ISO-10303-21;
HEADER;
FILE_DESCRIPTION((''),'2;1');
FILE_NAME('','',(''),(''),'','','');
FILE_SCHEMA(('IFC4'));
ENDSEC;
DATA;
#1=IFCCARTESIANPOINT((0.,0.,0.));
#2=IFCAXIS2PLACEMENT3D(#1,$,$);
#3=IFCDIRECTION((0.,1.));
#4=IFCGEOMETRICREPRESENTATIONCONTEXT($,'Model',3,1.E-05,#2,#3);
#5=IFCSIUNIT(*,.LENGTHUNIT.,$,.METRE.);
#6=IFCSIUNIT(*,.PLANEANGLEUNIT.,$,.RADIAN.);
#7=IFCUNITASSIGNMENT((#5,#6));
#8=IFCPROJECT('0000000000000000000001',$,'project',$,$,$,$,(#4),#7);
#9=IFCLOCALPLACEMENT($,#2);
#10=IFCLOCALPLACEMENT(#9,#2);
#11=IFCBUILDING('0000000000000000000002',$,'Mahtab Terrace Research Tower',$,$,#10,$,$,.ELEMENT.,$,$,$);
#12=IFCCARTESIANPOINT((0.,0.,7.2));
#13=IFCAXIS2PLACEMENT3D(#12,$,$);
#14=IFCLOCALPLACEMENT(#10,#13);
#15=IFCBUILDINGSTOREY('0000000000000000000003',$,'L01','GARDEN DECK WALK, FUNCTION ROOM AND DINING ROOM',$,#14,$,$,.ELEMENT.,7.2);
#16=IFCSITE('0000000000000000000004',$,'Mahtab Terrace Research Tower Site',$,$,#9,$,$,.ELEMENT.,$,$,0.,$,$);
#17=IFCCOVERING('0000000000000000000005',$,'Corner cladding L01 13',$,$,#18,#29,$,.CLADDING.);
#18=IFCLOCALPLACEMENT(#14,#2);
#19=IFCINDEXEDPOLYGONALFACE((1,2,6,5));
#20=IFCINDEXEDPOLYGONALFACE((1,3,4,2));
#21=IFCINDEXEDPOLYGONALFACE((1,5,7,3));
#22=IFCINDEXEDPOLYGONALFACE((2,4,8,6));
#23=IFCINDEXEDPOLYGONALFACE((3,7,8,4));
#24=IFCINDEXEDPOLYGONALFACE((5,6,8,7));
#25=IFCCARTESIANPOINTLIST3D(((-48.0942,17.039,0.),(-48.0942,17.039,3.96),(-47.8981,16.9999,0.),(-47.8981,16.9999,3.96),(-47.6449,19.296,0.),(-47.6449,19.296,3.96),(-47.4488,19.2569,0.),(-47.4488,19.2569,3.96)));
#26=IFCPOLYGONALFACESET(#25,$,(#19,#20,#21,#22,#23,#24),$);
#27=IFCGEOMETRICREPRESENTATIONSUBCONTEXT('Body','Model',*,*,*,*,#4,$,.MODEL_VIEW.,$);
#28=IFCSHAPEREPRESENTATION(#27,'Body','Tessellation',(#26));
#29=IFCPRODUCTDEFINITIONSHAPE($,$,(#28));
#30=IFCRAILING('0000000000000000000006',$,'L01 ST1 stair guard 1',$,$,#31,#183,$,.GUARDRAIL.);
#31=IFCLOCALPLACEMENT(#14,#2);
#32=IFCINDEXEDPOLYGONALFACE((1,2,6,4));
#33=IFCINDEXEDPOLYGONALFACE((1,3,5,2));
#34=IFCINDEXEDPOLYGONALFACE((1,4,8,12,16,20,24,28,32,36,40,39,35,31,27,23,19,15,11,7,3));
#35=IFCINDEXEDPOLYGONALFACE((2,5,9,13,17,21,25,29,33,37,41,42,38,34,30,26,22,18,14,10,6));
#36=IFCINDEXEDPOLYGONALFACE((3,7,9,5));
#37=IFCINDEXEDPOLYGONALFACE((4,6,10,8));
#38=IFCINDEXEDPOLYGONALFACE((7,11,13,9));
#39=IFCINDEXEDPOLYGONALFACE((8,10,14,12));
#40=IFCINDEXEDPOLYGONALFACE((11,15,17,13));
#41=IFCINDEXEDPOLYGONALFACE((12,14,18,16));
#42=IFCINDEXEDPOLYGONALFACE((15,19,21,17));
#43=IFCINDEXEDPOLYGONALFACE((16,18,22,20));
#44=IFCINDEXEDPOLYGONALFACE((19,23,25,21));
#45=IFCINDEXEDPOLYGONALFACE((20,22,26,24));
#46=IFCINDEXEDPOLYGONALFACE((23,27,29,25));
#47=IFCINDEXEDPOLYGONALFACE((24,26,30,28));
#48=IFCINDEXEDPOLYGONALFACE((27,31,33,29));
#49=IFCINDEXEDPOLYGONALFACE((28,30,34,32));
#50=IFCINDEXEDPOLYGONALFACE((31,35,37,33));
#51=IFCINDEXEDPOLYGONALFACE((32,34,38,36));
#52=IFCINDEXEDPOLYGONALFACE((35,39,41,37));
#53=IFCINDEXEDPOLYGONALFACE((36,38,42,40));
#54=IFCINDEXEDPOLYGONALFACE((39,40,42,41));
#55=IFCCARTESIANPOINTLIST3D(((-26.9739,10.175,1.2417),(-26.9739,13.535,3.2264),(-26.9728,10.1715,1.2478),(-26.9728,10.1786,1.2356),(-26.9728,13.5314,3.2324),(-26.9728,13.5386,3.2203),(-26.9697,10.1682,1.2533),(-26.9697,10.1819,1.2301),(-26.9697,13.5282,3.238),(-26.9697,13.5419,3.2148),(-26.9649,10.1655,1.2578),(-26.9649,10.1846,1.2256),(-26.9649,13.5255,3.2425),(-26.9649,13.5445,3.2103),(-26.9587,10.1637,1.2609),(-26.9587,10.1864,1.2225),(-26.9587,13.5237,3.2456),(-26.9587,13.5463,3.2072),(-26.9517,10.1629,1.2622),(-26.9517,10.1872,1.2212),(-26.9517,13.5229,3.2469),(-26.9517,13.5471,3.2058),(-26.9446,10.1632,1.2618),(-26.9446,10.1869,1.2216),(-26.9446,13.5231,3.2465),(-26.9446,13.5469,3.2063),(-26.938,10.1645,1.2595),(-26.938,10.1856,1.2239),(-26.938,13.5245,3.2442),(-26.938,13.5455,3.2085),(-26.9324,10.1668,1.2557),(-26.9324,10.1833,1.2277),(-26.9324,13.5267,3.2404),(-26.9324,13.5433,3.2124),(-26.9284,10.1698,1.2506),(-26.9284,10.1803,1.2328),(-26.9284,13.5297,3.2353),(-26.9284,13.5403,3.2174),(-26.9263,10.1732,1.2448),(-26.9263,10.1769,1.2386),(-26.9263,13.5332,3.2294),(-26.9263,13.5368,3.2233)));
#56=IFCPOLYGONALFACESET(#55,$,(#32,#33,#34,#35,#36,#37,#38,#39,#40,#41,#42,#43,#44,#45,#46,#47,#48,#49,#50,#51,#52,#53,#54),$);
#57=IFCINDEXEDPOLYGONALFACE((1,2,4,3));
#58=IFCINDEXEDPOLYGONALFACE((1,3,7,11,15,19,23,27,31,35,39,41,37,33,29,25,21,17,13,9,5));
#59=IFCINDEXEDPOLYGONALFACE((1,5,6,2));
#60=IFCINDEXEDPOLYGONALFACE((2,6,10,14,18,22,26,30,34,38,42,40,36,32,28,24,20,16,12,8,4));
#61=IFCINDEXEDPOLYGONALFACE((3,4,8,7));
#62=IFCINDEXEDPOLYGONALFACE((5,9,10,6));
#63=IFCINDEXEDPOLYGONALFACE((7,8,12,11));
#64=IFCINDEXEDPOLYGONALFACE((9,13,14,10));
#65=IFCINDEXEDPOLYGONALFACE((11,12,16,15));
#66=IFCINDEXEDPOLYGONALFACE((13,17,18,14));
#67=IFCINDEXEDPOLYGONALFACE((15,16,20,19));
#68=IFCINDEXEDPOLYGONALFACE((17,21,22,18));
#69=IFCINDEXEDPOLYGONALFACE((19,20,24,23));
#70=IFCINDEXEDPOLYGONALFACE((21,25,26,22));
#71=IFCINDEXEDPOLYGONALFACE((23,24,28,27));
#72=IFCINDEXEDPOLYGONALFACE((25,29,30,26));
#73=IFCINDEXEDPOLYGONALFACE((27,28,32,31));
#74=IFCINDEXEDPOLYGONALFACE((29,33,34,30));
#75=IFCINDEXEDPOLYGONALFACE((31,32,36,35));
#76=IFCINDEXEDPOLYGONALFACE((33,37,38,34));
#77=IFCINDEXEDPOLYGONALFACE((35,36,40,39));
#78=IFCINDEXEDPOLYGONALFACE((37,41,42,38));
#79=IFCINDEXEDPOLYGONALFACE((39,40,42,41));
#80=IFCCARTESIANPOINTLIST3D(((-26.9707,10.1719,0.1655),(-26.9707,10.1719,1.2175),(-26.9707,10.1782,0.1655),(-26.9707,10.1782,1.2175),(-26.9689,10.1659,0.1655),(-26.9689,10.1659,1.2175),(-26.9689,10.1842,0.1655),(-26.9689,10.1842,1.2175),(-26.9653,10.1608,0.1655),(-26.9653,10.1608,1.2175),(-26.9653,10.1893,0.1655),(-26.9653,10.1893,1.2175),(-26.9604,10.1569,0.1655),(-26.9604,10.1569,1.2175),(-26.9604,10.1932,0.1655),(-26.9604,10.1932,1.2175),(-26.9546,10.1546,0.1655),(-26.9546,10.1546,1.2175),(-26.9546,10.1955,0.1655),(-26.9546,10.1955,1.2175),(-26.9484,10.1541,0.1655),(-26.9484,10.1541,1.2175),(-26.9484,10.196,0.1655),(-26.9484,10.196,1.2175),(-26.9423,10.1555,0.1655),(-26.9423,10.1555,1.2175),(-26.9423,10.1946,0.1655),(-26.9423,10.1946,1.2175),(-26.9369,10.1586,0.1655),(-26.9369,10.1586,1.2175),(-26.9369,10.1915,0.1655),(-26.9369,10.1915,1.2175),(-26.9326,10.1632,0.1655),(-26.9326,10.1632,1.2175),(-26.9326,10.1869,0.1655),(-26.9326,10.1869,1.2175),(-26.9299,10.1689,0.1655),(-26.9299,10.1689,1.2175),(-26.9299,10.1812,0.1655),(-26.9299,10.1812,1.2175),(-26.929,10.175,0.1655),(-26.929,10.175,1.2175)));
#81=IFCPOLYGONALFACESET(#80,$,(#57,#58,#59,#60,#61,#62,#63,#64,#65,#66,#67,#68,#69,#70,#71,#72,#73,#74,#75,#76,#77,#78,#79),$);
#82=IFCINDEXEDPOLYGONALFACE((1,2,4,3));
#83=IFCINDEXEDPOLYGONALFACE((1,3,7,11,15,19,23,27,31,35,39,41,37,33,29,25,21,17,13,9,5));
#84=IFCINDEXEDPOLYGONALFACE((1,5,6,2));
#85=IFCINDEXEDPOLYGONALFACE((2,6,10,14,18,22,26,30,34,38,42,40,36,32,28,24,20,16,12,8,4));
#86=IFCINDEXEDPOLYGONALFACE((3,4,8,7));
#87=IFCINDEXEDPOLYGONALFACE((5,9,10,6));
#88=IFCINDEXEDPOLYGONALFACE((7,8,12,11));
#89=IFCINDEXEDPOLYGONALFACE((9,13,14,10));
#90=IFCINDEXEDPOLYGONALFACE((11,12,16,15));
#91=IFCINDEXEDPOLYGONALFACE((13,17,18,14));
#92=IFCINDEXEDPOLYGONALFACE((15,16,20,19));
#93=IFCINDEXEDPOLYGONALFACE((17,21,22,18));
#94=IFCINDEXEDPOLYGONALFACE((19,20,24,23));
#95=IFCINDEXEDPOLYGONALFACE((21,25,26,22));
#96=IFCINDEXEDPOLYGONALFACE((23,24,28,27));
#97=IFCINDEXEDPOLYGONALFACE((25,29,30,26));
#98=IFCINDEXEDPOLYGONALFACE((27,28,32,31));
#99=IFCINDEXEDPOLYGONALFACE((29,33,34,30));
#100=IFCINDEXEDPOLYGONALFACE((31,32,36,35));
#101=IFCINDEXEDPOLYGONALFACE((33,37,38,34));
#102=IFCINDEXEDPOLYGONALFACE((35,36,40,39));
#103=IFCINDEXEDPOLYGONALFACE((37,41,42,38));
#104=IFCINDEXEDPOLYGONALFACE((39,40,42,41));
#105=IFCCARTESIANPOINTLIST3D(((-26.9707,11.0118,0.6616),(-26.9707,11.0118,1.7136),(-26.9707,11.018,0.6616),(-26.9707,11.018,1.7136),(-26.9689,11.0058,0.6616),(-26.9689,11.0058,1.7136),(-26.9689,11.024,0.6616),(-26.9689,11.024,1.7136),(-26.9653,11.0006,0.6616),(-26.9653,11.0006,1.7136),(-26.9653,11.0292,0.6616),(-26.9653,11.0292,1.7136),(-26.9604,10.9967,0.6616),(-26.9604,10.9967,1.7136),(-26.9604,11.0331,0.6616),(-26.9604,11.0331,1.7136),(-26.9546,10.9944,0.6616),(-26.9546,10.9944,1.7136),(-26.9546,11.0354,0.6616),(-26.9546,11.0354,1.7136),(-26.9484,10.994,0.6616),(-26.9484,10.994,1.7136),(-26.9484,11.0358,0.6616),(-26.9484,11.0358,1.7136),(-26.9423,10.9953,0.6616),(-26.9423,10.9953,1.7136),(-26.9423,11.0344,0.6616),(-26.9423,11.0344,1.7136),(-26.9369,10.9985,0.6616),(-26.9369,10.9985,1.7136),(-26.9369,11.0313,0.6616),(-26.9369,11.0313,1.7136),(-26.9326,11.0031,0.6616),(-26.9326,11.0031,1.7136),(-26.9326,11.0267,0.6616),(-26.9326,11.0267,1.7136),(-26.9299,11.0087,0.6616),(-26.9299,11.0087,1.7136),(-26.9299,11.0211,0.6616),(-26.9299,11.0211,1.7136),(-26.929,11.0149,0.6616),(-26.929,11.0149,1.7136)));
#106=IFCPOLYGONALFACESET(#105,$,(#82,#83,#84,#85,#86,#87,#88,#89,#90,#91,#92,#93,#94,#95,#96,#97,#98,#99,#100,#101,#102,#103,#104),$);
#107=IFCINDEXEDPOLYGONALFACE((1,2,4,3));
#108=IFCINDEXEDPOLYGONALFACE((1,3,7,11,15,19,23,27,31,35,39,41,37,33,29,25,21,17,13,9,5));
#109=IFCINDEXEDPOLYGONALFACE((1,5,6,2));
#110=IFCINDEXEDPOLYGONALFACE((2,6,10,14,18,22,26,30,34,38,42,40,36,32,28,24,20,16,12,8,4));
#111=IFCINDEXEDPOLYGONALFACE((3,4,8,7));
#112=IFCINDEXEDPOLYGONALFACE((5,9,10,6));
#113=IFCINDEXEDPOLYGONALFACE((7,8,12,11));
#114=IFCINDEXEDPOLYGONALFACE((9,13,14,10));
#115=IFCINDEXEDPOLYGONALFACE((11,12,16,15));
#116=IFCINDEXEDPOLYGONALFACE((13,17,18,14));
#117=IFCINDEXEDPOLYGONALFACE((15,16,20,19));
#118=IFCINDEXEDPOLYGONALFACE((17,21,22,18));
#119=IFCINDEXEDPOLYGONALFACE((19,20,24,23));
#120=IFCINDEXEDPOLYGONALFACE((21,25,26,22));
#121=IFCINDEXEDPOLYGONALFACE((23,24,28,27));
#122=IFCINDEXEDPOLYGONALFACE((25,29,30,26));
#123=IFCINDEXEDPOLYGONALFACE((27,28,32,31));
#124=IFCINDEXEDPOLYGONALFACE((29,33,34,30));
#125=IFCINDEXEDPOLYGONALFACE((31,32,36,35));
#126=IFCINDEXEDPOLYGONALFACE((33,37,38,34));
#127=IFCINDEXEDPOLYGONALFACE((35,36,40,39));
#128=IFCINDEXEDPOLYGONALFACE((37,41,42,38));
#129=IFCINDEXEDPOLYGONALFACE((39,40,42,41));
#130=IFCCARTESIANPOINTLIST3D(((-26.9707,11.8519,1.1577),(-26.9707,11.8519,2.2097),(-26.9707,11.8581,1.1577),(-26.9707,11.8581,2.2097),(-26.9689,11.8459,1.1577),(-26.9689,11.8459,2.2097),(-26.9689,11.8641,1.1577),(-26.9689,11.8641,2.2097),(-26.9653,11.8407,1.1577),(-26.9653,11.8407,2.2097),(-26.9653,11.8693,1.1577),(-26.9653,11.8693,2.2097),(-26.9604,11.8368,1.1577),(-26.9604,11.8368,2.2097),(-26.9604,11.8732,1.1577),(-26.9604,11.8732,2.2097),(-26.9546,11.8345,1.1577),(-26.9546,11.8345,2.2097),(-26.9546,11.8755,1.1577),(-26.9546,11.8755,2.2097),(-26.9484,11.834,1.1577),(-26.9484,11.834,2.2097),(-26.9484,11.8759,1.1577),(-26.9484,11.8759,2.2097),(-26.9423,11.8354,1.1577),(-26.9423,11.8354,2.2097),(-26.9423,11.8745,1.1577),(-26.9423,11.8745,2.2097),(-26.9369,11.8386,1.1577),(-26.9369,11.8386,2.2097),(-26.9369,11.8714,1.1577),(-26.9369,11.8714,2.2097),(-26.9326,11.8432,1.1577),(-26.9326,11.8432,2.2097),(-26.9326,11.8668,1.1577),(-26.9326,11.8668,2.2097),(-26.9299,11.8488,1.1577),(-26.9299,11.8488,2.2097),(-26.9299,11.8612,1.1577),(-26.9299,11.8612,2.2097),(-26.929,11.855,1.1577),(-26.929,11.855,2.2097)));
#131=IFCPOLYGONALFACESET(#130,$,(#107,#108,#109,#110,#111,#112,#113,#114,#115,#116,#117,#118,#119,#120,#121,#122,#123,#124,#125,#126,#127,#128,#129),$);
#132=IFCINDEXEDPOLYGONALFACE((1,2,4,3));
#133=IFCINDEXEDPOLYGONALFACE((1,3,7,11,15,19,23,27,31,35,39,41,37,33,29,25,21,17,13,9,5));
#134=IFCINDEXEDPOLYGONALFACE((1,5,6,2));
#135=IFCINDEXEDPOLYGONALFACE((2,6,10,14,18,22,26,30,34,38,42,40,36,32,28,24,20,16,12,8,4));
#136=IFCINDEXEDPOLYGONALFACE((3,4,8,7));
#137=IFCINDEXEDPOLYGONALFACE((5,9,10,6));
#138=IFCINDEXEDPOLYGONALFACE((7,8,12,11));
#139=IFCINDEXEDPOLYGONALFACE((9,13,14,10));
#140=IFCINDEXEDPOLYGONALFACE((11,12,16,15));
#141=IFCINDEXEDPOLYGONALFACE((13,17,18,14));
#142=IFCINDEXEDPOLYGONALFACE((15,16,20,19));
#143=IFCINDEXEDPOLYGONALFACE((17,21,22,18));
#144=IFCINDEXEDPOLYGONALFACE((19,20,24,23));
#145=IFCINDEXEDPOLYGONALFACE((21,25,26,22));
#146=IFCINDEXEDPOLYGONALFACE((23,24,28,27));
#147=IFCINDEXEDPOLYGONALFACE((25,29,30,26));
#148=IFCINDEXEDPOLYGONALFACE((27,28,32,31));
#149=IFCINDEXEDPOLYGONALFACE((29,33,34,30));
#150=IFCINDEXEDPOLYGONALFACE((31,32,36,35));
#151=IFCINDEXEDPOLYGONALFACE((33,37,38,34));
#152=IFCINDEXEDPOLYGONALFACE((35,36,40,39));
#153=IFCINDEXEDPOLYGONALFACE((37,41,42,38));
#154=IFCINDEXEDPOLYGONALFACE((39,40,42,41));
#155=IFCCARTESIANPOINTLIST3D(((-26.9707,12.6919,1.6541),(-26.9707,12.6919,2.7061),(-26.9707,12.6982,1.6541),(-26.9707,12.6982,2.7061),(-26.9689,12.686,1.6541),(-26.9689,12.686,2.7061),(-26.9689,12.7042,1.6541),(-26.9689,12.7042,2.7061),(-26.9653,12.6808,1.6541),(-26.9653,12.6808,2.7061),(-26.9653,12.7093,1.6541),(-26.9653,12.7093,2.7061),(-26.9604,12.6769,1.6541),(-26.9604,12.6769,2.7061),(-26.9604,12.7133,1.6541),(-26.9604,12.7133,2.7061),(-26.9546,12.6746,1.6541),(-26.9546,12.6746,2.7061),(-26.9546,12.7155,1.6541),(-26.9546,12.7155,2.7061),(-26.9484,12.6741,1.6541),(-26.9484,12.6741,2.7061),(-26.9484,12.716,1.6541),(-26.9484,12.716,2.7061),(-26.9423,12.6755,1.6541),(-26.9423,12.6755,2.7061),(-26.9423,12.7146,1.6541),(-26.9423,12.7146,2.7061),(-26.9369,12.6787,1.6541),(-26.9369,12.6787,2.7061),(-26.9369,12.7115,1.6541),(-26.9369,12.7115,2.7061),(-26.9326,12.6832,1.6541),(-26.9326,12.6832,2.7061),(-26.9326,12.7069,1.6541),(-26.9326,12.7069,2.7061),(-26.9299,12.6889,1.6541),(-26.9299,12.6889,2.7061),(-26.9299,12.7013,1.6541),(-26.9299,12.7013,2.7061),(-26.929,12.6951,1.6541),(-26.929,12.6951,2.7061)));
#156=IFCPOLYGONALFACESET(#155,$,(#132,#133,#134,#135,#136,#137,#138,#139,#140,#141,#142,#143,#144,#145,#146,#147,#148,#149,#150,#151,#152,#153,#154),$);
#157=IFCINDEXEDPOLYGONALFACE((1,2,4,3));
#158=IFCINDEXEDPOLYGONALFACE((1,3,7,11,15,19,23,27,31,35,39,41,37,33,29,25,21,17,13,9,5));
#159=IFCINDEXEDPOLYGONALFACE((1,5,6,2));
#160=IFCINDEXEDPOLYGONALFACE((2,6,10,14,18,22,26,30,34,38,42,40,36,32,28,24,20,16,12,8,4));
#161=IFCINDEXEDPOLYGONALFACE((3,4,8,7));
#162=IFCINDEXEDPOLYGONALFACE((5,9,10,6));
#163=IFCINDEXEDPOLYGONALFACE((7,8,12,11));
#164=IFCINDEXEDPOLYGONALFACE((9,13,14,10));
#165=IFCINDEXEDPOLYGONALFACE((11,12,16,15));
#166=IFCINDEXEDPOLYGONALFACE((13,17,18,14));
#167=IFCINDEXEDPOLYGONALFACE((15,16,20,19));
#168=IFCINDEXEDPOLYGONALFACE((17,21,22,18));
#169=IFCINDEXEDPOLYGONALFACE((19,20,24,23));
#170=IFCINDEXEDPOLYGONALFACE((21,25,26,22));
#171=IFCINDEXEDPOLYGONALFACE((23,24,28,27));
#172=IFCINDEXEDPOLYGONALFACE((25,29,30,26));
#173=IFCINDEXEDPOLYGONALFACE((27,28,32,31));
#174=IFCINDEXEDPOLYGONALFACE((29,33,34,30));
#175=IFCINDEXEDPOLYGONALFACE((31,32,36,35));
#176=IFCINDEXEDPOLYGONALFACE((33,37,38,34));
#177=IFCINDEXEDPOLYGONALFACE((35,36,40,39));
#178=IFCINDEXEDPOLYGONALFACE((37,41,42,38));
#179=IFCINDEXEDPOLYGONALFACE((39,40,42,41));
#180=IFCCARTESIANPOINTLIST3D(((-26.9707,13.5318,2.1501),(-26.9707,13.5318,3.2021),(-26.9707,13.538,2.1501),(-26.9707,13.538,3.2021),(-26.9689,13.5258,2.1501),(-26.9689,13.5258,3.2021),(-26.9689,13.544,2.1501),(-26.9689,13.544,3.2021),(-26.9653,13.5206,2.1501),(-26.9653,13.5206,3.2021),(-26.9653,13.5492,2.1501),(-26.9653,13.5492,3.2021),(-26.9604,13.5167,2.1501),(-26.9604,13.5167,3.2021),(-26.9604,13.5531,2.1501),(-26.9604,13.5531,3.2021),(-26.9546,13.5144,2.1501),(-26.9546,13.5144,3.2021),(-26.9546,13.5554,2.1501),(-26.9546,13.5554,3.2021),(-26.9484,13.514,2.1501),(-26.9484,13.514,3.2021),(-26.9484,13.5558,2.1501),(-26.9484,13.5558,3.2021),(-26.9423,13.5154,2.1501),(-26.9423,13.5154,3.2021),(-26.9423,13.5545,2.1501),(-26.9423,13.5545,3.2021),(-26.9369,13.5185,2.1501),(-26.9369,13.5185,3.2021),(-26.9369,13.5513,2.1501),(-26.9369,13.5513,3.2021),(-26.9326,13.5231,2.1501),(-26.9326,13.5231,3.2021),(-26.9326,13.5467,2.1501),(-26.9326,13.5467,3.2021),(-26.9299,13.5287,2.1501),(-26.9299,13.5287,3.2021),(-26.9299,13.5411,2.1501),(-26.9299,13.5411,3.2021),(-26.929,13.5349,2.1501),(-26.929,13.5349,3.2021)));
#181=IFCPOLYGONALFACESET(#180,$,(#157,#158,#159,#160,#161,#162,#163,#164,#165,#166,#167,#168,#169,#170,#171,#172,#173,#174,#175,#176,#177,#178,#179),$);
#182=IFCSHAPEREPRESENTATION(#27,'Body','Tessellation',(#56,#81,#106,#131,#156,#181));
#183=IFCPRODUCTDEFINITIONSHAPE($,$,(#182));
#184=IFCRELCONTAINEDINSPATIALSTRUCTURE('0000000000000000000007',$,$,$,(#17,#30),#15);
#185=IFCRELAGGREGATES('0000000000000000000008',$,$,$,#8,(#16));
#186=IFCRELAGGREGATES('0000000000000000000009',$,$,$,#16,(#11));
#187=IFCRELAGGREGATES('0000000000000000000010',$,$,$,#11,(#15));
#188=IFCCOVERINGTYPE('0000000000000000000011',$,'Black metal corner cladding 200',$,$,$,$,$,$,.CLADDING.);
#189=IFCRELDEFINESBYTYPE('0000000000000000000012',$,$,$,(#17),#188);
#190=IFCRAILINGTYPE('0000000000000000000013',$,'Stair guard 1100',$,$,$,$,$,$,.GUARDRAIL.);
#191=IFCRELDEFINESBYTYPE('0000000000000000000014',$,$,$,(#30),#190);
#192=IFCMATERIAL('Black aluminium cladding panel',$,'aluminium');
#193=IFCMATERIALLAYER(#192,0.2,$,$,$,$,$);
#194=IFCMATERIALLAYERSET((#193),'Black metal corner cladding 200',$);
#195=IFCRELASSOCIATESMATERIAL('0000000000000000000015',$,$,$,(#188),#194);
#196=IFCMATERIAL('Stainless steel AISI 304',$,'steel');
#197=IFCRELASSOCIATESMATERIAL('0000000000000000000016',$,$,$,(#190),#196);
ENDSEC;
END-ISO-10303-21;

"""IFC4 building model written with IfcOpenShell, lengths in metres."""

from ifc_helpers import new_model, si_unit, direction, frame, origin, origin_2d, place, context, subcontext, project, spatial, rectangle, circle, extrude, material, layer, layer_set, type_object, element, save


model = new_model("IFC4")

# Units and contexts
model_context = context("Model", 3, precision=1e-05, world=origin(), true_north=direction((0.0, 1.0)))
body_context = subcontext(model_context, "Body", "Model", "MODEL_VIEW")
ifc_project = project(units=[si_unit("LENGTHUNIT", "METRE"), si_unit("PLANEANGLEUNIT", "RADIAN")], contexts=[model_context])

# Site, building, storey
site_placement = place(None, origin())
site = spatial("IfcSite", under=ifc_project, at=site_placement, Name="Mahtab Terrace Research Tower Site", CompositionType="ELEMENT", RefElevation=0.0)
building_placement = place(site_placement, origin())
building = spatial("IfcBuilding", under=site, at=building_placement, Name="Mahtab Terrace Research Tower", CompositionType="ELEMENT")
storey_placement = place(building_placement, frame((0.0, 0.0, 7.2)))
storey = spatial("IfcBuildingStorey", under=building, at=storey_placement, Name="L01", Description="GARDEN DECK WALK, FUNCTION ROOM AND DINING ROOM", CompositionType="ELEMENT", Elevation=7.2)

# Covering
ifc_material_1 = material(Name="Black aluminium cladding panel", Category="aluminium")
ifc_layer_1 = layer(ifc_material_1, 0.2)
ifc_layer_set_1 = layer_set([ifc_layer_1], Name="Black metal corner cladding 200")
covering_type = type_object("IfcCoveringType", Name="Black metal corner cladding 200", PredefinedType="CLADDING", material=ifc_layer_set_1)
for number, where, z_axis, x_axis, name in (
    (1, (-47.7715, 18.1479, 0.0), (0.0, 0.0, 1.0), (-0.195212, -0.980761, 0.0), "Corner cladding L01 13"),
):
    element("IfcCovering", number, at=place(storey_placement, frame(where, z_axis=z_axis, x_axis=x_axis)), inside=storey, type_object=covering_type, Name=name, PredefinedType="CLADDING", context=body_context, shape_type="SweptSolid", body=[
        extrude(rectangle(XDim=2.3013, YDim=0.2, at=origin_2d()), origin(), (0.0, 0.0, 1.0), 3.96),
    ])

# Railing
ifc_material_2 = material(Name="Stainless steel AISI 304", Category="steel")
railing_type_1 = type_object("IfcRailingType", Name="Stair guard 1100", PredefinedType="GUARDRAIL", material=ifc_material_2)
railing_1_placement = place(storey_placement, frame((-26.95, 10.175, 0.1655)))
element("IfcRailing", 2, at=railing_1_placement, inside=storey, type_object=railing_type_1, Name="L01 ST1 stair guard 1", PredefinedType="GUARDRAIL", context=body_context, shape_type="SweptSolid", body=[
    extrude(circle(Radius=0.0239, at=origin_2d()), frame((0.0, 0.0, 1.0762), z_axis=(0.0, 0.861011, 0.508586), x_axis=(-1.0, 0.0, 0.0)), (0.0, 0.0, 1.0), 3.9023),
    extrude(circle(Radius=0.021, at=origin_2d()), origin(), (0.0, 0.0, 1.0), 1.052),
    extrude(circle(Radius=0.021, at=origin_2d()), frame((0.0, 0.8398, 0.4961)), (0.0, 0.0, 1.0), 1.052),
    extrude(circle(Radius=0.021, at=origin_2d()), frame((0.0, 1.6799, 0.9922)), (0.0, 0.0, 1.0), 1.052),
    extrude(circle(Radius=0.021, at=origin_2d()), frame((0.0, 2.52, 1.4885)), (0.0, 0.0, 1.0), 1.052),
    extrude(circle(Radius=0.021, at=origin_2d()), frame((0.0, 3.3599, 1.9846)), (0.0, 0.0, 1.0), 1.052),
])

save(model, "model.ifc")
